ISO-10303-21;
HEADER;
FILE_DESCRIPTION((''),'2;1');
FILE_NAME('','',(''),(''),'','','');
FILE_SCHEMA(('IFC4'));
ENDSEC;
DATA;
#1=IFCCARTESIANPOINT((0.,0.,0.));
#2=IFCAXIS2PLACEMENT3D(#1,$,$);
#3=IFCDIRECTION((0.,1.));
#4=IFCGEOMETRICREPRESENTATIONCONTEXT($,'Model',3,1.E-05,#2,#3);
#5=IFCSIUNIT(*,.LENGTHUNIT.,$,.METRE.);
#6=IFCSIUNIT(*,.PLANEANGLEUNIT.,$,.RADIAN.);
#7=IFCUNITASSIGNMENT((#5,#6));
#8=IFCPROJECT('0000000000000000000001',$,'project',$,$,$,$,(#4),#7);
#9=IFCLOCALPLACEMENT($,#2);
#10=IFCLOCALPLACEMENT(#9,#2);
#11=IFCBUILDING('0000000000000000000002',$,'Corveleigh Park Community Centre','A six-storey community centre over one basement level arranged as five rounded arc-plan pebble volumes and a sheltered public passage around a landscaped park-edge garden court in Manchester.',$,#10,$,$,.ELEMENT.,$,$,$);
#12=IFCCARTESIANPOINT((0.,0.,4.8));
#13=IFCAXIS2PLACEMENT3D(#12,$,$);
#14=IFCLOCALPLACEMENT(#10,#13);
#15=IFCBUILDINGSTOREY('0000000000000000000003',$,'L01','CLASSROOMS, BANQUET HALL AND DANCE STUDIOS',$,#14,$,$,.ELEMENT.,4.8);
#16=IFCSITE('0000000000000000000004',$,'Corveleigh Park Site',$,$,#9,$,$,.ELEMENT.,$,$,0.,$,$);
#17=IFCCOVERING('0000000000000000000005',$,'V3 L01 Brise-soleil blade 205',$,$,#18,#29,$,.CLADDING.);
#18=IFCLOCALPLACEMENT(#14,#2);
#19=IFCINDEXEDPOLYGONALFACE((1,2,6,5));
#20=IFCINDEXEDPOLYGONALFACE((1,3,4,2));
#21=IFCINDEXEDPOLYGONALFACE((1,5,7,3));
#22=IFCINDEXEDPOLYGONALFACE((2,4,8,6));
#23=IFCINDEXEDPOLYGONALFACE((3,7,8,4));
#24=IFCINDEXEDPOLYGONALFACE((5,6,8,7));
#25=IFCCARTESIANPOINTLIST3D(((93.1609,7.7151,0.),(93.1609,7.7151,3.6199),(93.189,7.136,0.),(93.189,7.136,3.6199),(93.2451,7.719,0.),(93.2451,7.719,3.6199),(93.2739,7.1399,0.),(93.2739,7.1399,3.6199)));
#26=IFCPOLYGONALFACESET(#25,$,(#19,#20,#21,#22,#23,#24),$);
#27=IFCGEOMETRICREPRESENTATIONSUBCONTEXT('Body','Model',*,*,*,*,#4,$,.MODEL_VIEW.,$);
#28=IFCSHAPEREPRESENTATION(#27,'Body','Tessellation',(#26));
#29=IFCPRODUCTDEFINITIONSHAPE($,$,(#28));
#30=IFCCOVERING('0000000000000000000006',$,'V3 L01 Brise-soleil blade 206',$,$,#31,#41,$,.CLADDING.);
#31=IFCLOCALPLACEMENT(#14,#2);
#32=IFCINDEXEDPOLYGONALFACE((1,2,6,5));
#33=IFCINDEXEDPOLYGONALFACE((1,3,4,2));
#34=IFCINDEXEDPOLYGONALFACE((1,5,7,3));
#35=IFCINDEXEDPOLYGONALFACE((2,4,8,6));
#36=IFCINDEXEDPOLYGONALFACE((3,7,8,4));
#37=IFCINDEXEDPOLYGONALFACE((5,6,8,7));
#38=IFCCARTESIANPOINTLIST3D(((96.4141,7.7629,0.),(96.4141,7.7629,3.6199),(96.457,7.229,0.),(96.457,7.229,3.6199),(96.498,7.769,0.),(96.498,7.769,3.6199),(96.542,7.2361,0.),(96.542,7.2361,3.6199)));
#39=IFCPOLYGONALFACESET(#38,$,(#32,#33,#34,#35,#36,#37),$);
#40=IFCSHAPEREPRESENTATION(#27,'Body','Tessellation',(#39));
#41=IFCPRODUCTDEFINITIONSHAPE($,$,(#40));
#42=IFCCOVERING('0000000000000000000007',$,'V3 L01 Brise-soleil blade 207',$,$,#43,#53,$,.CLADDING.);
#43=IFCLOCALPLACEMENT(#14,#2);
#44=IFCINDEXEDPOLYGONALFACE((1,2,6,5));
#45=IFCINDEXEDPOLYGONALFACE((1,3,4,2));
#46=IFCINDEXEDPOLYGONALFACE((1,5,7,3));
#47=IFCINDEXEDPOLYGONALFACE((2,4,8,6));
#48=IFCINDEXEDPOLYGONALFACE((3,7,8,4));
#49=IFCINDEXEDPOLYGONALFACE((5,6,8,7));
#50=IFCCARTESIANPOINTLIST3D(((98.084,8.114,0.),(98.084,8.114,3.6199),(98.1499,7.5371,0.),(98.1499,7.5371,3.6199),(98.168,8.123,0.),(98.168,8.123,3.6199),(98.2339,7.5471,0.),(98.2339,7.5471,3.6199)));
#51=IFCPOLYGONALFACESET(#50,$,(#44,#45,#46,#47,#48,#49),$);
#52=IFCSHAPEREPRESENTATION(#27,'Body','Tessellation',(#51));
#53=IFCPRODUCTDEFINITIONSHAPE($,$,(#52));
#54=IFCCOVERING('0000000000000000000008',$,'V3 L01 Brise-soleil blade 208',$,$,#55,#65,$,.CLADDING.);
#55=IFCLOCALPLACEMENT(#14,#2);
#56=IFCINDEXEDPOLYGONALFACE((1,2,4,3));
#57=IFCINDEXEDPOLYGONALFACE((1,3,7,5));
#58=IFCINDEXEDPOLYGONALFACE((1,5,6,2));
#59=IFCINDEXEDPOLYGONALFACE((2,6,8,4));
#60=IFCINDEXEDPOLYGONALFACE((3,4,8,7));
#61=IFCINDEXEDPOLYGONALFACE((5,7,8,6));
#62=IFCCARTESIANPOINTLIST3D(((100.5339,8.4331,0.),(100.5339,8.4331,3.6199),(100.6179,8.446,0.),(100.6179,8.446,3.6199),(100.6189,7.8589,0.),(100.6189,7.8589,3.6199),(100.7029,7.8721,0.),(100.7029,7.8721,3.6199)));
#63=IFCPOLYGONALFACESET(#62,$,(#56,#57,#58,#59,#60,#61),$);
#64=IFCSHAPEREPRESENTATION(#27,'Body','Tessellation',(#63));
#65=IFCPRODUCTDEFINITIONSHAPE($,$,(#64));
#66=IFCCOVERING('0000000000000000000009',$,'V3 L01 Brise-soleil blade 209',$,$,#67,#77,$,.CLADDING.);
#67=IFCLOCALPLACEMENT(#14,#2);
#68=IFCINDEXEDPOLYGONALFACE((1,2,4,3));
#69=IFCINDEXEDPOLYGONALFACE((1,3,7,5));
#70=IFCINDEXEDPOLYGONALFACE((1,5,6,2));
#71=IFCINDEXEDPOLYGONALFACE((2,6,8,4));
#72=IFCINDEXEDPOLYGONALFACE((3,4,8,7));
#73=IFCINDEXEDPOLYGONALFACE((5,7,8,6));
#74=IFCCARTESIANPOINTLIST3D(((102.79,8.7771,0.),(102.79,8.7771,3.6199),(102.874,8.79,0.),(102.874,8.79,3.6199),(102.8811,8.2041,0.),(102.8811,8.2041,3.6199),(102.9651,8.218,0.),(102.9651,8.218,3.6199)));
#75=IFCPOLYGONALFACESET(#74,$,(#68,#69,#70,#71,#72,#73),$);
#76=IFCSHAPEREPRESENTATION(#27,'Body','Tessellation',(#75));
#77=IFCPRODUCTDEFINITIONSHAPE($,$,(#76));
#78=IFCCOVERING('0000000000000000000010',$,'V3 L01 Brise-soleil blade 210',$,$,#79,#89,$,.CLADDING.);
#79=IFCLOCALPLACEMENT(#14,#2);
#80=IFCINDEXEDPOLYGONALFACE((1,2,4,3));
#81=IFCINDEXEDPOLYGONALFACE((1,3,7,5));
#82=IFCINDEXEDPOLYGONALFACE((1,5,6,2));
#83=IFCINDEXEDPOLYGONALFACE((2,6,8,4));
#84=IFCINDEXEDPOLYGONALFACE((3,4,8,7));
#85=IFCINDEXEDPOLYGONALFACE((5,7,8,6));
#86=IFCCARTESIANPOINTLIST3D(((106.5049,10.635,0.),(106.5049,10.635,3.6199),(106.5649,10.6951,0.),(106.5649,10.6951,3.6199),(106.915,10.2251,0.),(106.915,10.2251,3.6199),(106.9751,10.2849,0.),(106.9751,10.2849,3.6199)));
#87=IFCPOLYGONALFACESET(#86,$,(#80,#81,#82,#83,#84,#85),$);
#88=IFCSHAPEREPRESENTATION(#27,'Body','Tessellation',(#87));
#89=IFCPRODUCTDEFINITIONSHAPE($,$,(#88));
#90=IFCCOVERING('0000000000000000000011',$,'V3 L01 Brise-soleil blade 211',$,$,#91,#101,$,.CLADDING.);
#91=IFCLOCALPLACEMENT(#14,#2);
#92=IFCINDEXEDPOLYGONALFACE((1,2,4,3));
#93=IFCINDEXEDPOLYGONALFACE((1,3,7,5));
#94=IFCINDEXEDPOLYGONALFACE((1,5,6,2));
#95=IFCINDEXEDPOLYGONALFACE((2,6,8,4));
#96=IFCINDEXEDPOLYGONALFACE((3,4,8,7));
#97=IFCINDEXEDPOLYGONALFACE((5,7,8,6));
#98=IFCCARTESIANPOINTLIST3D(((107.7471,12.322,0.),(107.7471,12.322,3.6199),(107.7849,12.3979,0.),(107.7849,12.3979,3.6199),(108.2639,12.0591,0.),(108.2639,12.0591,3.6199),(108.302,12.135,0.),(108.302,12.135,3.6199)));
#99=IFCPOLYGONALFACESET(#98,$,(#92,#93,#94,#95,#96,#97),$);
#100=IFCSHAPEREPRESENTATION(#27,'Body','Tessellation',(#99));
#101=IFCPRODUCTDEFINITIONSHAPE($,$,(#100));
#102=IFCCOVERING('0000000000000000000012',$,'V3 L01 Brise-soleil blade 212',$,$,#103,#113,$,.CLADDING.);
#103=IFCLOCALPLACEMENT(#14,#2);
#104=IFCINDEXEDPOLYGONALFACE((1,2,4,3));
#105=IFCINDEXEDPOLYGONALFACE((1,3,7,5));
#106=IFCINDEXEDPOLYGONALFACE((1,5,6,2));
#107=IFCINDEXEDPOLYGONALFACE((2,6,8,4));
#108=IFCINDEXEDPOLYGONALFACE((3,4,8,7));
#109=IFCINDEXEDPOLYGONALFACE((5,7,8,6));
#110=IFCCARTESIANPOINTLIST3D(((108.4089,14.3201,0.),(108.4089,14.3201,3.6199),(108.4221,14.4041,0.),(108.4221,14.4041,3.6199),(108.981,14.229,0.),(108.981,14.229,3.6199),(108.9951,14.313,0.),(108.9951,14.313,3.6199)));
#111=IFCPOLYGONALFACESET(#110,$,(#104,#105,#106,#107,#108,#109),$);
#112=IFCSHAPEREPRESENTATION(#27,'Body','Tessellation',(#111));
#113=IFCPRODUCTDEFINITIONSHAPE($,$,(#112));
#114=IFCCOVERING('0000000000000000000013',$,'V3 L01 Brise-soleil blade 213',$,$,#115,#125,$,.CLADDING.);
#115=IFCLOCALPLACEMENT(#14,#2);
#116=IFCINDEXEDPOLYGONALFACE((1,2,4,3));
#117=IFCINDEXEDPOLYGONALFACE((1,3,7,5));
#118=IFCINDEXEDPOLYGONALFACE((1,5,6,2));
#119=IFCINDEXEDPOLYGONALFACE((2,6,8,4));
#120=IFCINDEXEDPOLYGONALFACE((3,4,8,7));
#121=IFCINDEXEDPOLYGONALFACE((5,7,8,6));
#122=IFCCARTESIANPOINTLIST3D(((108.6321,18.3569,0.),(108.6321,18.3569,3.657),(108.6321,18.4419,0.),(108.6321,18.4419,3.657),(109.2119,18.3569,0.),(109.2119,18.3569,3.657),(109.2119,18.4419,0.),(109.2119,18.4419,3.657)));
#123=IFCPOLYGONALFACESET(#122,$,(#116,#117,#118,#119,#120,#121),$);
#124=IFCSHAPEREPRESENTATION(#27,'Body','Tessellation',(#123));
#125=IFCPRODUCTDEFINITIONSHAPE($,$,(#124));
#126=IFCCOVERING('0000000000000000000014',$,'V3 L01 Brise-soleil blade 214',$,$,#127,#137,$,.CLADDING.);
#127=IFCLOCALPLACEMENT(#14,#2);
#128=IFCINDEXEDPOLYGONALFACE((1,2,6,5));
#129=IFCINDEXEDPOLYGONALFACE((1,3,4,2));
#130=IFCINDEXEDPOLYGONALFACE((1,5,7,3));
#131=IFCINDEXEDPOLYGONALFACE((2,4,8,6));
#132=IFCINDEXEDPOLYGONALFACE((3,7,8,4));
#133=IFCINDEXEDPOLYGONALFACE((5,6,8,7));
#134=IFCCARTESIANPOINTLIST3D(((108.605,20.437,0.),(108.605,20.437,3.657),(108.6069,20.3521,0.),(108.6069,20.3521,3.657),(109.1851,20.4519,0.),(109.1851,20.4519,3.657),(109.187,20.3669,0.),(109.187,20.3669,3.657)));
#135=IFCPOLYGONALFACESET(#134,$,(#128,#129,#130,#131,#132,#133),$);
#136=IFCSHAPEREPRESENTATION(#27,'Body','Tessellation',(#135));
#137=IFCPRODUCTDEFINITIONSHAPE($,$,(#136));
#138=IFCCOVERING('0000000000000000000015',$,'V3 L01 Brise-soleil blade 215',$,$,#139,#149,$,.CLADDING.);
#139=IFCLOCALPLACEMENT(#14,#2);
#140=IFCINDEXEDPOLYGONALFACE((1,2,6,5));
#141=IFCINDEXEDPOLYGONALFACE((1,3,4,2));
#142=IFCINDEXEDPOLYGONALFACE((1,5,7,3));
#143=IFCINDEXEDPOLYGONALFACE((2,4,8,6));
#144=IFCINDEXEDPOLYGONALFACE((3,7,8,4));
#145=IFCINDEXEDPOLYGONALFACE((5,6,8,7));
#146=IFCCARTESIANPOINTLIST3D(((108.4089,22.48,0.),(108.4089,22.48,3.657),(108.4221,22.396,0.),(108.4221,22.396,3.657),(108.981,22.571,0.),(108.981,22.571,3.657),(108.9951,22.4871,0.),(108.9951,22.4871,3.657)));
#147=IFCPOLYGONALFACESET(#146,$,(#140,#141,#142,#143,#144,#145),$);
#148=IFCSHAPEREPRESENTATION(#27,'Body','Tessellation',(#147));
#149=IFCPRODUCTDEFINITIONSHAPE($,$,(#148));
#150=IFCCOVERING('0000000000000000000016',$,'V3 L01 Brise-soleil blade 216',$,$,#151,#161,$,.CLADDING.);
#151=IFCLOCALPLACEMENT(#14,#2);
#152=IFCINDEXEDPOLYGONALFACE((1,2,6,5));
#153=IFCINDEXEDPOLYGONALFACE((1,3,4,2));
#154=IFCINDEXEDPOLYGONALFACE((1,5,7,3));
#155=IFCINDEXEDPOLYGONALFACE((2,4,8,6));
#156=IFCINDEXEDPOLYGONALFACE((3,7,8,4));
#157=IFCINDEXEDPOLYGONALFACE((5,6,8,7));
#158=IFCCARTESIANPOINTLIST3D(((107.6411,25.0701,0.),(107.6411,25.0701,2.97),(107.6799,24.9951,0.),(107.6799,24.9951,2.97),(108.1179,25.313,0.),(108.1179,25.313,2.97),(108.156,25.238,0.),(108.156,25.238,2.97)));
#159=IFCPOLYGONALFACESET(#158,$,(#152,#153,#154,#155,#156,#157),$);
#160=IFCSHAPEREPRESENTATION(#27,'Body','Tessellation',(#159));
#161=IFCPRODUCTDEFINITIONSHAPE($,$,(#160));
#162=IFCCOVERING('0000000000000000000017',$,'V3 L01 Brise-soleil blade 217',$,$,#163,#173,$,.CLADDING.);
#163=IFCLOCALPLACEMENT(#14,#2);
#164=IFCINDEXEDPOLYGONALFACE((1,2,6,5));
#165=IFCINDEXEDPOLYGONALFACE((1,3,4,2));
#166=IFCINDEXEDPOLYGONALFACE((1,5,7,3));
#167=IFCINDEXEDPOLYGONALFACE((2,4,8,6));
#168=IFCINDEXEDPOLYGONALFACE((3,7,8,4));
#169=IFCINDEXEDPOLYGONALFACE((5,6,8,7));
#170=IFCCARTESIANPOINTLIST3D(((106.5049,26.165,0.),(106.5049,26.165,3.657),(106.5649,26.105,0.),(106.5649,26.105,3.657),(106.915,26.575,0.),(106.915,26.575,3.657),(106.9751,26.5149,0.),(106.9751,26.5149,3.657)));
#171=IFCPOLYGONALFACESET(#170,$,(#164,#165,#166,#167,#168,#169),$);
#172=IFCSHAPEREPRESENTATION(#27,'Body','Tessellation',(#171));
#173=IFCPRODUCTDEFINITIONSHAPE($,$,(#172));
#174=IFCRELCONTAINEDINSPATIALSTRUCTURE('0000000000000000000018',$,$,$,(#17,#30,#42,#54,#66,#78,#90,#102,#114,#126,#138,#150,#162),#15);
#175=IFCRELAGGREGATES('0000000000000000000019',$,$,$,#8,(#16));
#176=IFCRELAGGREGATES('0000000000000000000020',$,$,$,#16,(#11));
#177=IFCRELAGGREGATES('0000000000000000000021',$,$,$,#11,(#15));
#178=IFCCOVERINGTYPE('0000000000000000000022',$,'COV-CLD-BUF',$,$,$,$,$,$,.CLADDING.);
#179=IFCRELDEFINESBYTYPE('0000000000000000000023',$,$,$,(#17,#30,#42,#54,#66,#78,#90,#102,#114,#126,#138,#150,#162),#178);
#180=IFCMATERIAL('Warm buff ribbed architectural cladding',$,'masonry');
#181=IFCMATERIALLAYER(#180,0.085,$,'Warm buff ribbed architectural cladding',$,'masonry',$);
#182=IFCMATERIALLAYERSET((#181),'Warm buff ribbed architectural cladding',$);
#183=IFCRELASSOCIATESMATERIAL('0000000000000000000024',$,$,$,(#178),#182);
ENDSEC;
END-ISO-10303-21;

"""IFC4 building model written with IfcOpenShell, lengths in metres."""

from ifc_helpers import new_model, si_unit, direction, frame, origin, place, context, subcontext, project, spatial, polyline, outline, extrude, material, layer, layer_set, type_object, element, save


model = new_model("IFC4")

# Units and contexts
model_context = context("Model", 3, precision=1e-05, world=origin(), true_north=direction((0.0, 1.0)))
body_context = subcontext(model_context, "Body", "Model", "MODEL_VIEW")
ifc_project = project(units=[si_unit("LENGTHUNIT", "METRE"), si_unit("PLANEANGLEUNIT", "RADIAN")], contexts=[model_context])

# Site, building, storey
site_placement = place(None, origin())
site = spatial("IfcSite", under=ifc_project, at=site_placement, Name="Corveleigh Park Site", CompositionType="ELEMENT", RefElevation=0.0)
building_placement = place(site_placement, origin())
building = spatial("IfcBuilding", under=site, at=building_placement, Name="Corveleigh Park Community Centre", Description="A six-storey community centre over one basement level arranged as five rounded arc-plan pebble volumes and a sheltered public passage around a landscaped park-edge garden court in Manchester.", CompositionType="ELEMENT")
storey_placement = place(building_placement, frame((0.0, 0.0, 4.8)))
storey = spatial("IfcBuildingStorey", under=building, at=storey_placement, Name="L01", Description="CLASSROOMS, BANQUET HALL AND DANCE STUDIOS", CompositionType="ELEMENT", Elevation=4.8)

# Coverings
ifc_material = material(Name="Warm buff ribbed architectural cladding", Category="masonry")
ifc_layer = layer(ifc_material, 0.085, Name="Warm buff ribbed architectural cladding", Category="masonry")
ifc_layer_set = layer_set([ifc_layer], Name="Warm buff ribbed architectural cladding")
covering_type = type_object("IfcCoveringType", Name="COV-CLD-BUF", PredefinedType="CLADDING", material=ifc_layer_set)
covering_1_placement = place(storey_placement, origin())
element("IfcCovering", 1, at=covering_1_placement, inside=storey, type_object=covering_type, Name="V3 L01 Brise-soleil blade 205", PredefinedType="CLADDING", context=body_context, shape_type="SweptSolid", body=[
    extrude(outline(polyline([(93.2451, 7.719), (93.1609, 7.7151), (93.189, 7.136), (93.2739, 7.1399), (93.2451, 7.719)])), origin(), (0.0, 0.0, 1.0), 3.6199),
])
covering_2_placement = place(storey_placement, origin())
element("IfcCovering", 2, at=covering_2_placement, inside=storey, type_object=covering_type, Name="V3 L01 Brise-soleil blade 206", PredefinedType="CLADDING", context=body_context, shape_type="SweptSolid", body=[
    extrude(outline(polyline([(96.498, 7.769), (96.4141, 7.7629), (96.457, 7.229), (96.542, 7.2361), (96.498, 7.769)])), origin(), (0.0, 0.0, 1.0), 3.6199),
])
covering_3_placement = place(storey_placement, origin())
element("IfcCovering", 3, at=covering_3_placement, inside=storey, type_object=covering_type, Name="V3 L01 Brise-soleil blade 207", PredefinedType="CLADDING", context=body_context, shape_type="SweptSolid", body=[
    extrude(outline(polyline([(98.168, 8.123), (98.084, 8.114), (98.1499, 7.5371), (98.2339, 7.5471), (98.168, 8.123)])), origin(), (0.0, 0.0, 1.0), 3.6199),
])
covering_4_placement = place(storey_placement, origin())
element("IfcCovering", 4, at=covering_4_placement, inside=storey, type_object=covering_type, Name="V3 L01 Brise-soleil blade 208", PredefinedType="CLADDING", context=body_context, shape_type="SweptSolid", body=[
    extrude(outline(polyline([(100.6179, 8.446), (100.5339, 8.4331), (100.6189, 7.8589), (100.7029, 7.8721), (100.6179, 8.446)])), origin(), (0.0, 0.0, 1.0), 3.6199),
])
covering_5_placement = place(storey_placement, origin())
element("IfcCovering", 5, at=covering_5_placement, inside=storey, type_object=covering_type, Name="V3 L01 Brise-soleil blade 209", PredefinedType="CLADDING", context=body_context, shape_type="SweptSolid", body=[
    extrude(outline(polyline([(102.874, 8.79), (102.79, 8.7771), (102.8811, 8.2041), (102.9651, 8.218), (102.874, 8.79)])), origin(), (0.0, 0.0, 1.0), 3.6199),
])
covering_6_placement = place(storey_placement, origin())
element("IfcCovering", 6, at=covering_6_placement, inside=storey, type_object=covering_type, Name="V3 L01 Brise-soleil blade 210", PredefinedType="CLADDING", context=body_context, shape_type="SweptSolid", body=[
    extrude(outline(polyline([(106.5649, 10.6951), (106.5049, 10.635), (106.915, 10.2251), (106.9751, 10.2849), (106.5649, 10.6951)])), origin(), (0.0, 0.0, 1.0), 3.6199),
])
covering_7_placement = place(storey_placement, origin())
element("IfcCovering", 7, at=covering_7_placement, inside=storey, type_object=covering_type, Name="V3 L01 Brise-soleil blade 211", PredefinedType="CLADDING", context=body_context, shape_type="SweptSolid", body=[
    extrude(outline(polyline([(107.7849, 12.3979), (107.7471, 12.322), (108.2639, 12.0591), (108.302, 12.135), (107.7849, 12.3979)])), origin(), (0.0, 0.0, 1.0), 3.6199),
])
covering_8_placement = place(storey_placement, origin())
element("IfcCovering", 8, at=covering_8_placement, inside=storey, type_object=covering_type, Name="V3 L01 Brise-soleil blade 212", PredefinedType="CLADDING", context=body_context, shape_type="SweptSolid", body=[
    extrude(outline(polyline([(108.4221, 14.4041), (108.4089, 14.3201), (108.981, 14.229), (108.9951, 14.313), (108.4221, 14.4041)])), origin(), (0.0, 0.0, 1.0), 3.6199),
])
covering_9_placement = place(storey_placement, origin())
element("IfcCovering", 9, at=covering_9_placement, inside=storey, type_object=covering_type, Name="V3 L01 Brise-soleil blade 213", PredefinedType="CLADDING", context=body_context, shape_type="SweptSolid", body=[
    extrude(outline(polyline([(108.6321, 18.4419), (108.6321, 18.3569), (109.2119, 18.3569), (109.2119, 18.4419), (108.6321, 18.4419)])), origin(), (0.0, 0.0, 1.0), 3.657),
])
covering_10_placement = place(storey_placement, origin())
element("IfcCovering", 10, at=covering_10_placement, inside=storey, type_object=covering_type, Name="V3 L01 Brise-soleil blade 214", PredefinedType="CLADDING", context=body_context, shape_type="SweptSolid", body=[
    extrude(outline(polyline([(108.605, 20.437), (108.6069, 20.3521), (109.187, 20.3669), (109.1851, 20.4519), (108.605, 20.437)])), origin(), (0.0, 0.0, 1.0), 3.657),
])
covering_11_placement = place(storey_placement, origin())
element("IfcCovering", 11, at=covering_11_placement, inside=storey, type_object=covering_type, Name="V3 L01 Brise-soleil blade 215", PredefinedType="CLADDING", context=body_context, shape_type="SweptSolid", body=[
    extrude(outline(polyline([(108.4089, 22.48), (108.4221, 22.396), (108.9951, 22.4871), (108.981, 22.571), (108.4089, 22.48)])), origin(), (0.0, 0.0, 1.0), 3.657),
])
covering_12_placement = place(storey_placement, origin())
element("IfcCovering", 12, at=covering_12_placement, inside=storey, type_object=covering_type, Name="V3 L01 Brise-soleil blade 216", PredefinedType="CLADDING", context=body_context, shape_type="SweptSolid", body=[
    extrude(outline(polyline([(107.6411, 25.0701), (107.6799, 24.9951), (108.156, 25.238), (108.1179, 25.313), (107.6411, 25.0701)])), origin(), (0.0, 0.0, 1.0), 2.97),
])
covering_13_placement = place(storey_placement, origin())
element("IfcCovering", 13, at=covering_13_placement, inside=storey, type_object=covering_type, Name="V3 L01 Brise-soleil blade 217", PredefinedType="CLADDING", context=body_context, shape_type="SweptSolid", body=[
    extrude(outline(polyline([(106.5049, 26.165), (106.5649, 26.105), (106.9751, 26.5149), (106.915, 26.575), (106.5049, 26.165)])), origin(), (0.0, 0.0, 1.0), 3.657),
])

save(model, "model.ifc")
